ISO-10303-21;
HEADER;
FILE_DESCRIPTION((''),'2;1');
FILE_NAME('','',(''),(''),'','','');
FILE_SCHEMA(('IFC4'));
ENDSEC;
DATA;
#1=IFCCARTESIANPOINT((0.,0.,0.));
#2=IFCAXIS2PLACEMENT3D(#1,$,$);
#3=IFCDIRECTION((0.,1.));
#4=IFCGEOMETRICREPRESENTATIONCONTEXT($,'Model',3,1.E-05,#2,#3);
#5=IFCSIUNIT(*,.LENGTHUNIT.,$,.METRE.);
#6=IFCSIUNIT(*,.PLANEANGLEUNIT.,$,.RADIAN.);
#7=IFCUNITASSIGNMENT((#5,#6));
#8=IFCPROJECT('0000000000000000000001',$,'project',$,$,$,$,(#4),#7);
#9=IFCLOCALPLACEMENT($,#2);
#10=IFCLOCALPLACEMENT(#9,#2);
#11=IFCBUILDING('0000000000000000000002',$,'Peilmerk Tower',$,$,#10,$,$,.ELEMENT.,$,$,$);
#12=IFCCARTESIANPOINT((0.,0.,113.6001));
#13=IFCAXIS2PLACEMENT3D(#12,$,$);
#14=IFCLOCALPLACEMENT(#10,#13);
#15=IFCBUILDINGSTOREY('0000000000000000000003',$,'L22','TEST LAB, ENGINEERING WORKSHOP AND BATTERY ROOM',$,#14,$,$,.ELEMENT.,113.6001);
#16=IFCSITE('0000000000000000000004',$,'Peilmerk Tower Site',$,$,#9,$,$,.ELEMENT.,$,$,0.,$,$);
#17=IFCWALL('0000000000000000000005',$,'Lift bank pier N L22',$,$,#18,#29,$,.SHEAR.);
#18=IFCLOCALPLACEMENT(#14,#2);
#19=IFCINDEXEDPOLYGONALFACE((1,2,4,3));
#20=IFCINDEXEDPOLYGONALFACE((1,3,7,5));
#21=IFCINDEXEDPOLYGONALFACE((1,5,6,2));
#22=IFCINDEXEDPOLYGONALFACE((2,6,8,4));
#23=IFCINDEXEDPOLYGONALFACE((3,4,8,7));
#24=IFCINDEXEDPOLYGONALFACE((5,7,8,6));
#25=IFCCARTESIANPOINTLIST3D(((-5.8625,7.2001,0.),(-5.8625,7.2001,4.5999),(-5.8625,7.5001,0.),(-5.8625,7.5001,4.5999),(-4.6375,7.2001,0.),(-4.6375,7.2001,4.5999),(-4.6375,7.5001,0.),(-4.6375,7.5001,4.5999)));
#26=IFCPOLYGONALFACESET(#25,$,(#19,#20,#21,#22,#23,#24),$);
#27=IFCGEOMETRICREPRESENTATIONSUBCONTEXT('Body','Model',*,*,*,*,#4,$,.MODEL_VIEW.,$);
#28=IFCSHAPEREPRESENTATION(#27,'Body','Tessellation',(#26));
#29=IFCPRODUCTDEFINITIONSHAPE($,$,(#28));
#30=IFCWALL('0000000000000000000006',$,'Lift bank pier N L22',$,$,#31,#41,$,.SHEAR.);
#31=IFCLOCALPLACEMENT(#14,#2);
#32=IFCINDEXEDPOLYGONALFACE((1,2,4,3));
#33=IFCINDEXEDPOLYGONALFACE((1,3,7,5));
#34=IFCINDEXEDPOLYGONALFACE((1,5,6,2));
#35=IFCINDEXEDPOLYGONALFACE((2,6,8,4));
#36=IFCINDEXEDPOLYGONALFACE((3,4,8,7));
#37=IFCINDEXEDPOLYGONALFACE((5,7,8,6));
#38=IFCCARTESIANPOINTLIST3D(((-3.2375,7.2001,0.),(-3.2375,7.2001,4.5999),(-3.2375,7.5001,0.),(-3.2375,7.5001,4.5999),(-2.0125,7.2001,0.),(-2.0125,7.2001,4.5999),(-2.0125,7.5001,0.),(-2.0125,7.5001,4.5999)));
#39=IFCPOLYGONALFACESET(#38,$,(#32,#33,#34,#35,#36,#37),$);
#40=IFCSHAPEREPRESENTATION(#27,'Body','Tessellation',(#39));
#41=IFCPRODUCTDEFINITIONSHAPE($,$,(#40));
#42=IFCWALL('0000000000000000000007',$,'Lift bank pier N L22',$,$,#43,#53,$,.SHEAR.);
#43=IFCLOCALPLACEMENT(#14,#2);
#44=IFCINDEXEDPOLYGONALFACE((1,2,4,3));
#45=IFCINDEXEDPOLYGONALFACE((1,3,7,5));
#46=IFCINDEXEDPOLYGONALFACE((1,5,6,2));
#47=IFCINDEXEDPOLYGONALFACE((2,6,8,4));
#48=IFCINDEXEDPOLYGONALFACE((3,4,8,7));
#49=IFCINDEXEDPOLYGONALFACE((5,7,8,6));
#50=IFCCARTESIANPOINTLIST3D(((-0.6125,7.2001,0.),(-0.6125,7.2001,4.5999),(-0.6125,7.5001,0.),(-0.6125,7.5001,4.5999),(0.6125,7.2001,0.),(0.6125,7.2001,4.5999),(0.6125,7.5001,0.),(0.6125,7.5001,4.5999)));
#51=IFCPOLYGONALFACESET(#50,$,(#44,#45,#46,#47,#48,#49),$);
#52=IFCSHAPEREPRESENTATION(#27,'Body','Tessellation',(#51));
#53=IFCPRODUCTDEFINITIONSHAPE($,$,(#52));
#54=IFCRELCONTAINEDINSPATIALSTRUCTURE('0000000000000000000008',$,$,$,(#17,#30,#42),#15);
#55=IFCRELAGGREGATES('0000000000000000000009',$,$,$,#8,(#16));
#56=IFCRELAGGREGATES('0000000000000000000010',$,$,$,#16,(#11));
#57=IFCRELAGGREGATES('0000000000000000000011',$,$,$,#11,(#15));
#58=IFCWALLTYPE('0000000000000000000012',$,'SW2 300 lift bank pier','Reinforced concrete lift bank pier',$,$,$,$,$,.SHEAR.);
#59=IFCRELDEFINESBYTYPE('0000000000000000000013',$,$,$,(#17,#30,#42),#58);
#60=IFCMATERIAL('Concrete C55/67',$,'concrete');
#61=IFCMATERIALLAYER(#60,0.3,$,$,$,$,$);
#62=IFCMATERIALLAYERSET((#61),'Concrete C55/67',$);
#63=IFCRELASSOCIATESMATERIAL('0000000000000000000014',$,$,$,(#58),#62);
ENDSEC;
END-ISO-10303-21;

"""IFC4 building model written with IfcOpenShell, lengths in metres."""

from ifc_helpers import new_model, si_unit, direction, frame, frame_2d, origin, place, context, subcontext, project, spatial, rectangle, extrude, material, layer, layer_set, type_object, element, save


model = new_model("IFC4")

# Units and contexts
model_context = context("Model", 3, precision=1e-05, world=origin(), true_north=direction((0.0, 1.0)))
body_context = subcontext(model_context, "Body", "Model", "MODEL_VIEW")
ifc_project = project(units=[si_unit("LENGTHUNIT", "METRE"), si_unit("PLANEANGLEUNIT", "RADIAN")], contexts=[model_context])

# Site, building, storey
site_placement = place(None, origin())
site = spatial("IfcSite", under=ifc_project, at=site_placement, Name="Peilmerk Tower Site", CompositionType="ELEMENT", RefElevation=0.0)
building_placement = place(site_placement, origin())
building = spatial("IfcBuilding", under=site, at=building_placement, Name="Peilmerk Tower", CompositionType="ELEMENT")
storey_placement = place(building_placement, frame((0.0, 0.0, 113.6001)))
storey = spatial("IfcBuildingStorey", under=building, at=storey_placement, Name="L22", Description="TEST LAB, ENGINEERING WORKSHOP AND BATTERY ROOM", CompositionType="ELEMENT", Elevation=113.6001)

# Walls
ifc_material_1 = material(Name="Concrete C55/67", Category="concrete")
ifc_layer_1 = layer(ifc_material_1, 0.3)
ifc_layer_set_1 = layer_set([ifc_layer_1], Name="Concrete C55/67")
wall_type_1 = type_object("IfcWallType", Name="SW2 300 lift bank pier", Description="Reinforced concrete lift bank pier", PredefinedType="SHEAR", material=ifc_layer_set_1)
for number, where, z_axis, x_axis, name in (
    (1, (-5.8625, 7.3501, 0.0), (0.0, 0.0, 1.0), (1.0, 0.0, 0.0), "Lift bank pier N L22"),
    (2, (-3.2375, 7.3501, 0.0), (0.0, 0.0, 1.0), (1.0, 0.0, 0.0), "Lift bank pier N L22"),
    (3, (-0.6125, 7.3501, 0.0), (0.0, 0.0, 1.0), (1.0, 0.0, 0.0), "Lift bank pier N L22"),
):
    element("IfcWall", number, at=place(storey_placement, frame(where, z_axis=z_axis, x_axis=x_axis)), inside=storey, type_object=wall_type_1, Name=name, PredefinedType="SHEAR", context=body_context, shape_type="SweptSolid", body=[
        extrude(rectangle(XDim=1.2251, YDim=0.3, at=frame_2d((0.6125, 0.0))), origin(), (0.0, 0.0, 1.0), 4.5999),
    ])

save(model, "model.ifc")
